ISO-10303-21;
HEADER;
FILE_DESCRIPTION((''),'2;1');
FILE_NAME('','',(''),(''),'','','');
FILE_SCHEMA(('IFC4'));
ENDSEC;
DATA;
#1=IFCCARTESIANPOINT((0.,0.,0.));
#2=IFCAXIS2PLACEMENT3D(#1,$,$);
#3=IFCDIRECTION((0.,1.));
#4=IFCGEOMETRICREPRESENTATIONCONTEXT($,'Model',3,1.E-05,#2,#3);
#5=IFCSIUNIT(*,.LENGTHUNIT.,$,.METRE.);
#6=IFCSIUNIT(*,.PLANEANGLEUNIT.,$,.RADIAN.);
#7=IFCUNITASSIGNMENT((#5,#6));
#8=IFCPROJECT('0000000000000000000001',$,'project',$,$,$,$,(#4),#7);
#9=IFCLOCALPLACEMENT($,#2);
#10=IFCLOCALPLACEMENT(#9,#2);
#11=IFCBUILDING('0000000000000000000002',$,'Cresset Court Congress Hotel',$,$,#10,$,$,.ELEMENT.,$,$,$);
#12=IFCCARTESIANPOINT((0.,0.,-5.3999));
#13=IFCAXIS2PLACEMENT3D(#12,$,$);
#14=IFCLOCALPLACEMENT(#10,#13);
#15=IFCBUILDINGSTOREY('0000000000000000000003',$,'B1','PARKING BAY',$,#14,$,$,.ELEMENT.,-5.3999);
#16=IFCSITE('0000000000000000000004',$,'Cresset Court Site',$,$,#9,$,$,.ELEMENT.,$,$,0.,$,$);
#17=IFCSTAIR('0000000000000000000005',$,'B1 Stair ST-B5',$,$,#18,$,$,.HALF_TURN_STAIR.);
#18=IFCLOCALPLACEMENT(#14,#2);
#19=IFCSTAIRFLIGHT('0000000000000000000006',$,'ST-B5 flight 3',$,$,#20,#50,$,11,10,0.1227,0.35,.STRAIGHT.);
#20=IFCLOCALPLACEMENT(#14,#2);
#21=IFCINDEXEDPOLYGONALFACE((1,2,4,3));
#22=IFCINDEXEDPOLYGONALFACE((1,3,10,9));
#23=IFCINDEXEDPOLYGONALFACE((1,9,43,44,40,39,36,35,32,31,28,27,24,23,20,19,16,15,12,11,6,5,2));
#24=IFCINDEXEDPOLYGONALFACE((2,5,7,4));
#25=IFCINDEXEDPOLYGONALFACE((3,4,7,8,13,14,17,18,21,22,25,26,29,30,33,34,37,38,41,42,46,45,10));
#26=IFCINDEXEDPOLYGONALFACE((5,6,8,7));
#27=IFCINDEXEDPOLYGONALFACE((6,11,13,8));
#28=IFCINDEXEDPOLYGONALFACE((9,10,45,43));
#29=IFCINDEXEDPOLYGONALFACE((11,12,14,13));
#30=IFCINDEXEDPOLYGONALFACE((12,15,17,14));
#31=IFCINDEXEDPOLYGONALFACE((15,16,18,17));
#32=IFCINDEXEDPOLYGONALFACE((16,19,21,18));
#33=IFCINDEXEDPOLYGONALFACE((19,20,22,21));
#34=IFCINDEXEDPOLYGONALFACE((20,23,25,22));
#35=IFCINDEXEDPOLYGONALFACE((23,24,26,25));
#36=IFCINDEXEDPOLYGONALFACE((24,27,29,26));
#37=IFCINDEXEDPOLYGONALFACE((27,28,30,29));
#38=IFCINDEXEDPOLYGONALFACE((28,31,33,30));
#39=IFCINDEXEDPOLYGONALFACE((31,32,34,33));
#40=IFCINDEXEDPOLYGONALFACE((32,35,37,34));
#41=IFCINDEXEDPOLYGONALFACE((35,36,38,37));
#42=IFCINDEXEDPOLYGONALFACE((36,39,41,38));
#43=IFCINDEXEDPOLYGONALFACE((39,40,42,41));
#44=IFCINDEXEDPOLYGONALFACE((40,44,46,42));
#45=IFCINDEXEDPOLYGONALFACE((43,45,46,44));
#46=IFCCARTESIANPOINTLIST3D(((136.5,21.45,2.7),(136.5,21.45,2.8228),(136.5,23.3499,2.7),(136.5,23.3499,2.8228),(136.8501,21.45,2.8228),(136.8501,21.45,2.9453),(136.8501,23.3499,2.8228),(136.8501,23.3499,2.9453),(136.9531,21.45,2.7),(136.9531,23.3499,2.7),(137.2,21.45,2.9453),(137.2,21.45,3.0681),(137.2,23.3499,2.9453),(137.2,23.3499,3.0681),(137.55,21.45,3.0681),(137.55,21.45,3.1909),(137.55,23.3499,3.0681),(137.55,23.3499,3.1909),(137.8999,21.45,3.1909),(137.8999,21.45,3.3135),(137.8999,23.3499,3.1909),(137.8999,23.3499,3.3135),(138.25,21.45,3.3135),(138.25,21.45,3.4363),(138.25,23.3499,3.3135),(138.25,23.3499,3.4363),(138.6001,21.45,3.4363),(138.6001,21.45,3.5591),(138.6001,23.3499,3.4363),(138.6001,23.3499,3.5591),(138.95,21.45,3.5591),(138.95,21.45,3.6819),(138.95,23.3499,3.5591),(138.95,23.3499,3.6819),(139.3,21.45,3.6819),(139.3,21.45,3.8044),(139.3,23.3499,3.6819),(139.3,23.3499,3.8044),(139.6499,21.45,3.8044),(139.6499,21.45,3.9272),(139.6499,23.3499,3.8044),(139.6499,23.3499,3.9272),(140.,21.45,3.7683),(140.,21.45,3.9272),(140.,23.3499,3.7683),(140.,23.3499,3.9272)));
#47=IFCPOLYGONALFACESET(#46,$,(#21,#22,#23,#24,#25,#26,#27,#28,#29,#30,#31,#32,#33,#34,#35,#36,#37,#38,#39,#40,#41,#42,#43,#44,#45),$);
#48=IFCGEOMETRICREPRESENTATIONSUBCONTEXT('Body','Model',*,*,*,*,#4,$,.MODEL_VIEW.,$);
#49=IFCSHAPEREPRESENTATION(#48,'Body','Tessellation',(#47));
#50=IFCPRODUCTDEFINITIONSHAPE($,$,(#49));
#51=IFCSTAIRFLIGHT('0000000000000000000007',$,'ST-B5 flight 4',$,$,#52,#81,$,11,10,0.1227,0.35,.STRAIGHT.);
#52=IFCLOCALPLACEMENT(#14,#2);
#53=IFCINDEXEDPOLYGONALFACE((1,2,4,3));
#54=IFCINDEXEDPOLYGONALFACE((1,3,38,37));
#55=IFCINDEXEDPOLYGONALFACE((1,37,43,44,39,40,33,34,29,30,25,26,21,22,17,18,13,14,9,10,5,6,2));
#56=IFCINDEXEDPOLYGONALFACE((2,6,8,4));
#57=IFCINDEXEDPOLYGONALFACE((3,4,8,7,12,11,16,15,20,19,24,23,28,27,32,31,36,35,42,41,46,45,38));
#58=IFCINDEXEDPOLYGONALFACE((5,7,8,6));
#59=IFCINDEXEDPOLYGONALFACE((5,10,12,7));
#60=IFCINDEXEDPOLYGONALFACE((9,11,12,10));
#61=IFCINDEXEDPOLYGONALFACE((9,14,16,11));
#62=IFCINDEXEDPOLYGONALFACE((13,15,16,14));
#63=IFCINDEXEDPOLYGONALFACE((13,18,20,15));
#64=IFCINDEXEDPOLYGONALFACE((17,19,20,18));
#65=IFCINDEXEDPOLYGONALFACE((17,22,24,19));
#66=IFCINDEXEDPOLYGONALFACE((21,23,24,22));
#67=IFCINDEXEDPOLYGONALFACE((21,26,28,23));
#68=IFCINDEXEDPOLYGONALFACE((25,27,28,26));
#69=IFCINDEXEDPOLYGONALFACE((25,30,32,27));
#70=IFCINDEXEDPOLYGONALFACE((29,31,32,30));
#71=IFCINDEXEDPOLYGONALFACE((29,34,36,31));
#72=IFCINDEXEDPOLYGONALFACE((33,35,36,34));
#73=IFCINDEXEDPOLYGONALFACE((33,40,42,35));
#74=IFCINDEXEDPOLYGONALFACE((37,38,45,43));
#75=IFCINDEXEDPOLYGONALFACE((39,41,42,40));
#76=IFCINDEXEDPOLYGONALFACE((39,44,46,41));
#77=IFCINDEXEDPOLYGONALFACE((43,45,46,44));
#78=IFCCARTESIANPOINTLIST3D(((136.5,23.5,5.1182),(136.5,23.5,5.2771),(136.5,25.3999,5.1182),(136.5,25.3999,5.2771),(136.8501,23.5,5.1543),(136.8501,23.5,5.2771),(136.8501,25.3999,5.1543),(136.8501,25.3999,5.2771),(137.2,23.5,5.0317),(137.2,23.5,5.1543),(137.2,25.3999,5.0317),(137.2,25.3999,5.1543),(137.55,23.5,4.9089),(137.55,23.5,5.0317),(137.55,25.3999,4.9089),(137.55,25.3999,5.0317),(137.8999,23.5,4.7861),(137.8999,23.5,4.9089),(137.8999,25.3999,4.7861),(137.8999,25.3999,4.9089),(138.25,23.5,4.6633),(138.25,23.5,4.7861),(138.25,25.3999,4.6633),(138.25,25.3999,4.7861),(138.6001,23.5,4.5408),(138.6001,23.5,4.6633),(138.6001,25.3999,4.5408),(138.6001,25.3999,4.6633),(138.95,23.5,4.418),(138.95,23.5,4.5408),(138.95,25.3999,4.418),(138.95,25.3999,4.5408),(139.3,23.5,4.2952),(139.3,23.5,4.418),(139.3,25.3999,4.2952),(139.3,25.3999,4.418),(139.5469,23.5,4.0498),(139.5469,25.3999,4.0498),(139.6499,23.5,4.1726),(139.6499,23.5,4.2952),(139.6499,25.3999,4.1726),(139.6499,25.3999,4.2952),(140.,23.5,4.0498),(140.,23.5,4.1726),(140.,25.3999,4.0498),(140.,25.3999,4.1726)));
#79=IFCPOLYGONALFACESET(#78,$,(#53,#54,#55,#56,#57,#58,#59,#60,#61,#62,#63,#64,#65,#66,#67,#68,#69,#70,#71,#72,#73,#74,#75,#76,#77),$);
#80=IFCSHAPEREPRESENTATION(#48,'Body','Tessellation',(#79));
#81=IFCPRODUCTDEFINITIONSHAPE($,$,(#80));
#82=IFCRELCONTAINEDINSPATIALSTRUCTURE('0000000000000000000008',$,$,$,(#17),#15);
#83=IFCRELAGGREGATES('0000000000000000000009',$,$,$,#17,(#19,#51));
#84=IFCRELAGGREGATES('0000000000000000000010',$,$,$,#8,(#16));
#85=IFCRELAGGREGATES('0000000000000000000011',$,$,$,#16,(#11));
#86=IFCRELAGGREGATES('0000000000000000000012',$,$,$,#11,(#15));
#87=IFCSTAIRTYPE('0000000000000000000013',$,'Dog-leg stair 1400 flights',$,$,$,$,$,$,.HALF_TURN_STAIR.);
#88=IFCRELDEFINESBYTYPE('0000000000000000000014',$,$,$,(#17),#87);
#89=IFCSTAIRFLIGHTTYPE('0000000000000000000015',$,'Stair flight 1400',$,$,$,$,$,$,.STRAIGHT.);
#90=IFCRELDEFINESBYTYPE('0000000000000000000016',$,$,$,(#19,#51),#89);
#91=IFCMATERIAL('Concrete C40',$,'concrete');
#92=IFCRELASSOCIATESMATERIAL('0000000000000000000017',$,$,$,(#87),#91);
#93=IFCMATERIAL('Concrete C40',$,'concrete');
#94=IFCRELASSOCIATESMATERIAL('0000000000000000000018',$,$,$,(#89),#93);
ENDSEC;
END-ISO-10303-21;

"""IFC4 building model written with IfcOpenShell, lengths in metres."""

from ifc_helpers import new_model, si_unit, direction, frame, origin, place, context, subcontext, project, spatial, polyline, outline, extrude, material, type_object, element, aggregate, save


model = new_model("IFC4")

# Units and contexts
model_context = context("Model", 3, precision=1e-05, world=origin(), true_north=direction((0.0, 1.0)))
body_context = subcontext(model_context, "Body", "Model", "MODEL_VIEW")
ifc_project = project(units=[si_unit("LENGTHUNIT", "METRE"), si_unit("PLANEANGLEUNIT", "RADIAN")], contexts=[model_context])

# Site, building, storey
site_placement = place(None, origin())
site = spatial("IfcSite", under=ifc_project, at=site_placement, Name="Cresset Court Site", CompositionType="ELEMENT", RefElevation=0.0)
building_placement = place(site_placement, origin())
building = spatial("IfcBuilding", under=site, at=building_placement, Name="Cresset Court Congress Hotel", CompositionType="ELEMENT")
storey_placement = place(building_placement, frame((0.0, 0.0, -5.3999)))
storey = spatial("IfcBuildingStorey", under=building, at=storey_placement, Name="B1", Description="PARKING BAY", CompositionType="ELEMENT", Elevation=-5.3999)

# Stair, stair flights
ifc_material_1 = material(Name="Concrete C40", Category="concrete")
stair_type = type_object("IfcStairType", Name="Dog-leg stair 1400 flights", PredefinedType="HALF_TURN_STAIR", material=ifc_material_1)
stair_placement = place(storey_placement, origin())
stair = element("IfcStair", 1, at=stair_placement, inside=storey, type_object=stair_type, Name="B1 Stair ST-B5", PredefinedType="HALF_TURN_STAIR")
ifc_material_2 = material(Name="Concrete C40", Category="concrete")
stair_flight_type = type_object("IfcStairFlightType", Name="Stair flight 1400", PredefinedType="STRAIGHT", material=ifc_material_2)
stair_flight_1_placement = place(storey_placement, frame((136.5, 22.3999, 2.7), z_axis=(0.0, 0.0, 1.0), x_axis=(1.0, 0.0, 0.0)))
stair_flight_1 = element("IfcStairFlight", 2, at=stair_flight_1_placement, type_object=stair_flight_type, Name="ST-B5 flight 3", NumberOfRisers=11, NumberOfTreads=10, PredefinedType="STRAIGHT", RiserHeight=0.1227, TreadLength=0.35, context=body_context, shape_type="SweptSolid", body=[
    extrude(outline(polyline([(0.0, 0.0), (0.0, 0.1228), (0.3501, 0.1228), (0.3501, 0.2454), (0.7, 0.2454), (0.7, 0.3682), (1.05, 0.3682), (1.05, 0.491), (1.3999, 0.491), (1.3999, 0.6135), (1.75, 0.6135), (1.75, 0.7363), (2.1001, 0.7363), (2.1001, 0.8591), (2.45, 0.8591), (2.45, 0.9819), (2.8, 0.9819), (2.8, 1.1045), (3.1499, 1.1045), (3.1499, 1.2273), (3.5, 1.2273), (3.5, 1.3501), (3.5, 1.0684), (0.4531, 0.0), (0.0, 0.0)])), frame((0.0, 0.95, 0.0), z_axis=(0.0, -1.0, 0.0), x_axis=(1.0, 0.0, 0.0)), (0.0, 0.0, 1.0), 1.8999),
])
stair_flight_2_placement = place(storey_placement, frame((140.0, 24.45, 4.0498), z_axis=(0.0, 0.0, 1.0), x_axis=(-1.0, 0.0, 0.0)))
stair_flight_2 = element("IfcStairFlight", 3, at=stair_flight_2_placement, type_object=stair_flight_type, Name="ST-B5 flight 4", NumberOfRisers=11, NumberOfTreads=10, PredefinedType="STRAIGHT", RiserHeight=0.1227, TreadLength=0.35, context=body_context, shape_type="SweptSolid", body=[
    extrude(outline(polyline([(0.0, 0.0), (0.0, 0.1228), (0.3501, 0.1228), (0.3501, 0.2454), (0.7, 0.2454), (0.7, 0.3682), (1.05, 0.3682), (1.05, 0.491), (1.3999, 0.491), (1.3999, 0.6135), (1.75, 0.6135), (1.75, 0.7363), (2.1001, 0.7363), (2.1001, 0.8591), (2.45, 0.8591), (2.45, 0.9819), (2.8, 0.9819), (2.8, 1.1045), (3.1499, 1.1045), (3.1499, 1.2273), (3.5, 1.2273), (3.5, 1.3501), (3.5, 1.0684), (0.4531, 0.0), (0.0, 0.0)])), frame((0.0, 0.95, 0.0), z_axis=(0.0, -1.0, 0.0), x_axis=(1.0, 0.0, 0.0)), (0.0, 0.0, 1.0), 1.8999),
])
aggregate(stair, [stair_flight_1, stair_flight_2])

save(model, "model.ifc")
